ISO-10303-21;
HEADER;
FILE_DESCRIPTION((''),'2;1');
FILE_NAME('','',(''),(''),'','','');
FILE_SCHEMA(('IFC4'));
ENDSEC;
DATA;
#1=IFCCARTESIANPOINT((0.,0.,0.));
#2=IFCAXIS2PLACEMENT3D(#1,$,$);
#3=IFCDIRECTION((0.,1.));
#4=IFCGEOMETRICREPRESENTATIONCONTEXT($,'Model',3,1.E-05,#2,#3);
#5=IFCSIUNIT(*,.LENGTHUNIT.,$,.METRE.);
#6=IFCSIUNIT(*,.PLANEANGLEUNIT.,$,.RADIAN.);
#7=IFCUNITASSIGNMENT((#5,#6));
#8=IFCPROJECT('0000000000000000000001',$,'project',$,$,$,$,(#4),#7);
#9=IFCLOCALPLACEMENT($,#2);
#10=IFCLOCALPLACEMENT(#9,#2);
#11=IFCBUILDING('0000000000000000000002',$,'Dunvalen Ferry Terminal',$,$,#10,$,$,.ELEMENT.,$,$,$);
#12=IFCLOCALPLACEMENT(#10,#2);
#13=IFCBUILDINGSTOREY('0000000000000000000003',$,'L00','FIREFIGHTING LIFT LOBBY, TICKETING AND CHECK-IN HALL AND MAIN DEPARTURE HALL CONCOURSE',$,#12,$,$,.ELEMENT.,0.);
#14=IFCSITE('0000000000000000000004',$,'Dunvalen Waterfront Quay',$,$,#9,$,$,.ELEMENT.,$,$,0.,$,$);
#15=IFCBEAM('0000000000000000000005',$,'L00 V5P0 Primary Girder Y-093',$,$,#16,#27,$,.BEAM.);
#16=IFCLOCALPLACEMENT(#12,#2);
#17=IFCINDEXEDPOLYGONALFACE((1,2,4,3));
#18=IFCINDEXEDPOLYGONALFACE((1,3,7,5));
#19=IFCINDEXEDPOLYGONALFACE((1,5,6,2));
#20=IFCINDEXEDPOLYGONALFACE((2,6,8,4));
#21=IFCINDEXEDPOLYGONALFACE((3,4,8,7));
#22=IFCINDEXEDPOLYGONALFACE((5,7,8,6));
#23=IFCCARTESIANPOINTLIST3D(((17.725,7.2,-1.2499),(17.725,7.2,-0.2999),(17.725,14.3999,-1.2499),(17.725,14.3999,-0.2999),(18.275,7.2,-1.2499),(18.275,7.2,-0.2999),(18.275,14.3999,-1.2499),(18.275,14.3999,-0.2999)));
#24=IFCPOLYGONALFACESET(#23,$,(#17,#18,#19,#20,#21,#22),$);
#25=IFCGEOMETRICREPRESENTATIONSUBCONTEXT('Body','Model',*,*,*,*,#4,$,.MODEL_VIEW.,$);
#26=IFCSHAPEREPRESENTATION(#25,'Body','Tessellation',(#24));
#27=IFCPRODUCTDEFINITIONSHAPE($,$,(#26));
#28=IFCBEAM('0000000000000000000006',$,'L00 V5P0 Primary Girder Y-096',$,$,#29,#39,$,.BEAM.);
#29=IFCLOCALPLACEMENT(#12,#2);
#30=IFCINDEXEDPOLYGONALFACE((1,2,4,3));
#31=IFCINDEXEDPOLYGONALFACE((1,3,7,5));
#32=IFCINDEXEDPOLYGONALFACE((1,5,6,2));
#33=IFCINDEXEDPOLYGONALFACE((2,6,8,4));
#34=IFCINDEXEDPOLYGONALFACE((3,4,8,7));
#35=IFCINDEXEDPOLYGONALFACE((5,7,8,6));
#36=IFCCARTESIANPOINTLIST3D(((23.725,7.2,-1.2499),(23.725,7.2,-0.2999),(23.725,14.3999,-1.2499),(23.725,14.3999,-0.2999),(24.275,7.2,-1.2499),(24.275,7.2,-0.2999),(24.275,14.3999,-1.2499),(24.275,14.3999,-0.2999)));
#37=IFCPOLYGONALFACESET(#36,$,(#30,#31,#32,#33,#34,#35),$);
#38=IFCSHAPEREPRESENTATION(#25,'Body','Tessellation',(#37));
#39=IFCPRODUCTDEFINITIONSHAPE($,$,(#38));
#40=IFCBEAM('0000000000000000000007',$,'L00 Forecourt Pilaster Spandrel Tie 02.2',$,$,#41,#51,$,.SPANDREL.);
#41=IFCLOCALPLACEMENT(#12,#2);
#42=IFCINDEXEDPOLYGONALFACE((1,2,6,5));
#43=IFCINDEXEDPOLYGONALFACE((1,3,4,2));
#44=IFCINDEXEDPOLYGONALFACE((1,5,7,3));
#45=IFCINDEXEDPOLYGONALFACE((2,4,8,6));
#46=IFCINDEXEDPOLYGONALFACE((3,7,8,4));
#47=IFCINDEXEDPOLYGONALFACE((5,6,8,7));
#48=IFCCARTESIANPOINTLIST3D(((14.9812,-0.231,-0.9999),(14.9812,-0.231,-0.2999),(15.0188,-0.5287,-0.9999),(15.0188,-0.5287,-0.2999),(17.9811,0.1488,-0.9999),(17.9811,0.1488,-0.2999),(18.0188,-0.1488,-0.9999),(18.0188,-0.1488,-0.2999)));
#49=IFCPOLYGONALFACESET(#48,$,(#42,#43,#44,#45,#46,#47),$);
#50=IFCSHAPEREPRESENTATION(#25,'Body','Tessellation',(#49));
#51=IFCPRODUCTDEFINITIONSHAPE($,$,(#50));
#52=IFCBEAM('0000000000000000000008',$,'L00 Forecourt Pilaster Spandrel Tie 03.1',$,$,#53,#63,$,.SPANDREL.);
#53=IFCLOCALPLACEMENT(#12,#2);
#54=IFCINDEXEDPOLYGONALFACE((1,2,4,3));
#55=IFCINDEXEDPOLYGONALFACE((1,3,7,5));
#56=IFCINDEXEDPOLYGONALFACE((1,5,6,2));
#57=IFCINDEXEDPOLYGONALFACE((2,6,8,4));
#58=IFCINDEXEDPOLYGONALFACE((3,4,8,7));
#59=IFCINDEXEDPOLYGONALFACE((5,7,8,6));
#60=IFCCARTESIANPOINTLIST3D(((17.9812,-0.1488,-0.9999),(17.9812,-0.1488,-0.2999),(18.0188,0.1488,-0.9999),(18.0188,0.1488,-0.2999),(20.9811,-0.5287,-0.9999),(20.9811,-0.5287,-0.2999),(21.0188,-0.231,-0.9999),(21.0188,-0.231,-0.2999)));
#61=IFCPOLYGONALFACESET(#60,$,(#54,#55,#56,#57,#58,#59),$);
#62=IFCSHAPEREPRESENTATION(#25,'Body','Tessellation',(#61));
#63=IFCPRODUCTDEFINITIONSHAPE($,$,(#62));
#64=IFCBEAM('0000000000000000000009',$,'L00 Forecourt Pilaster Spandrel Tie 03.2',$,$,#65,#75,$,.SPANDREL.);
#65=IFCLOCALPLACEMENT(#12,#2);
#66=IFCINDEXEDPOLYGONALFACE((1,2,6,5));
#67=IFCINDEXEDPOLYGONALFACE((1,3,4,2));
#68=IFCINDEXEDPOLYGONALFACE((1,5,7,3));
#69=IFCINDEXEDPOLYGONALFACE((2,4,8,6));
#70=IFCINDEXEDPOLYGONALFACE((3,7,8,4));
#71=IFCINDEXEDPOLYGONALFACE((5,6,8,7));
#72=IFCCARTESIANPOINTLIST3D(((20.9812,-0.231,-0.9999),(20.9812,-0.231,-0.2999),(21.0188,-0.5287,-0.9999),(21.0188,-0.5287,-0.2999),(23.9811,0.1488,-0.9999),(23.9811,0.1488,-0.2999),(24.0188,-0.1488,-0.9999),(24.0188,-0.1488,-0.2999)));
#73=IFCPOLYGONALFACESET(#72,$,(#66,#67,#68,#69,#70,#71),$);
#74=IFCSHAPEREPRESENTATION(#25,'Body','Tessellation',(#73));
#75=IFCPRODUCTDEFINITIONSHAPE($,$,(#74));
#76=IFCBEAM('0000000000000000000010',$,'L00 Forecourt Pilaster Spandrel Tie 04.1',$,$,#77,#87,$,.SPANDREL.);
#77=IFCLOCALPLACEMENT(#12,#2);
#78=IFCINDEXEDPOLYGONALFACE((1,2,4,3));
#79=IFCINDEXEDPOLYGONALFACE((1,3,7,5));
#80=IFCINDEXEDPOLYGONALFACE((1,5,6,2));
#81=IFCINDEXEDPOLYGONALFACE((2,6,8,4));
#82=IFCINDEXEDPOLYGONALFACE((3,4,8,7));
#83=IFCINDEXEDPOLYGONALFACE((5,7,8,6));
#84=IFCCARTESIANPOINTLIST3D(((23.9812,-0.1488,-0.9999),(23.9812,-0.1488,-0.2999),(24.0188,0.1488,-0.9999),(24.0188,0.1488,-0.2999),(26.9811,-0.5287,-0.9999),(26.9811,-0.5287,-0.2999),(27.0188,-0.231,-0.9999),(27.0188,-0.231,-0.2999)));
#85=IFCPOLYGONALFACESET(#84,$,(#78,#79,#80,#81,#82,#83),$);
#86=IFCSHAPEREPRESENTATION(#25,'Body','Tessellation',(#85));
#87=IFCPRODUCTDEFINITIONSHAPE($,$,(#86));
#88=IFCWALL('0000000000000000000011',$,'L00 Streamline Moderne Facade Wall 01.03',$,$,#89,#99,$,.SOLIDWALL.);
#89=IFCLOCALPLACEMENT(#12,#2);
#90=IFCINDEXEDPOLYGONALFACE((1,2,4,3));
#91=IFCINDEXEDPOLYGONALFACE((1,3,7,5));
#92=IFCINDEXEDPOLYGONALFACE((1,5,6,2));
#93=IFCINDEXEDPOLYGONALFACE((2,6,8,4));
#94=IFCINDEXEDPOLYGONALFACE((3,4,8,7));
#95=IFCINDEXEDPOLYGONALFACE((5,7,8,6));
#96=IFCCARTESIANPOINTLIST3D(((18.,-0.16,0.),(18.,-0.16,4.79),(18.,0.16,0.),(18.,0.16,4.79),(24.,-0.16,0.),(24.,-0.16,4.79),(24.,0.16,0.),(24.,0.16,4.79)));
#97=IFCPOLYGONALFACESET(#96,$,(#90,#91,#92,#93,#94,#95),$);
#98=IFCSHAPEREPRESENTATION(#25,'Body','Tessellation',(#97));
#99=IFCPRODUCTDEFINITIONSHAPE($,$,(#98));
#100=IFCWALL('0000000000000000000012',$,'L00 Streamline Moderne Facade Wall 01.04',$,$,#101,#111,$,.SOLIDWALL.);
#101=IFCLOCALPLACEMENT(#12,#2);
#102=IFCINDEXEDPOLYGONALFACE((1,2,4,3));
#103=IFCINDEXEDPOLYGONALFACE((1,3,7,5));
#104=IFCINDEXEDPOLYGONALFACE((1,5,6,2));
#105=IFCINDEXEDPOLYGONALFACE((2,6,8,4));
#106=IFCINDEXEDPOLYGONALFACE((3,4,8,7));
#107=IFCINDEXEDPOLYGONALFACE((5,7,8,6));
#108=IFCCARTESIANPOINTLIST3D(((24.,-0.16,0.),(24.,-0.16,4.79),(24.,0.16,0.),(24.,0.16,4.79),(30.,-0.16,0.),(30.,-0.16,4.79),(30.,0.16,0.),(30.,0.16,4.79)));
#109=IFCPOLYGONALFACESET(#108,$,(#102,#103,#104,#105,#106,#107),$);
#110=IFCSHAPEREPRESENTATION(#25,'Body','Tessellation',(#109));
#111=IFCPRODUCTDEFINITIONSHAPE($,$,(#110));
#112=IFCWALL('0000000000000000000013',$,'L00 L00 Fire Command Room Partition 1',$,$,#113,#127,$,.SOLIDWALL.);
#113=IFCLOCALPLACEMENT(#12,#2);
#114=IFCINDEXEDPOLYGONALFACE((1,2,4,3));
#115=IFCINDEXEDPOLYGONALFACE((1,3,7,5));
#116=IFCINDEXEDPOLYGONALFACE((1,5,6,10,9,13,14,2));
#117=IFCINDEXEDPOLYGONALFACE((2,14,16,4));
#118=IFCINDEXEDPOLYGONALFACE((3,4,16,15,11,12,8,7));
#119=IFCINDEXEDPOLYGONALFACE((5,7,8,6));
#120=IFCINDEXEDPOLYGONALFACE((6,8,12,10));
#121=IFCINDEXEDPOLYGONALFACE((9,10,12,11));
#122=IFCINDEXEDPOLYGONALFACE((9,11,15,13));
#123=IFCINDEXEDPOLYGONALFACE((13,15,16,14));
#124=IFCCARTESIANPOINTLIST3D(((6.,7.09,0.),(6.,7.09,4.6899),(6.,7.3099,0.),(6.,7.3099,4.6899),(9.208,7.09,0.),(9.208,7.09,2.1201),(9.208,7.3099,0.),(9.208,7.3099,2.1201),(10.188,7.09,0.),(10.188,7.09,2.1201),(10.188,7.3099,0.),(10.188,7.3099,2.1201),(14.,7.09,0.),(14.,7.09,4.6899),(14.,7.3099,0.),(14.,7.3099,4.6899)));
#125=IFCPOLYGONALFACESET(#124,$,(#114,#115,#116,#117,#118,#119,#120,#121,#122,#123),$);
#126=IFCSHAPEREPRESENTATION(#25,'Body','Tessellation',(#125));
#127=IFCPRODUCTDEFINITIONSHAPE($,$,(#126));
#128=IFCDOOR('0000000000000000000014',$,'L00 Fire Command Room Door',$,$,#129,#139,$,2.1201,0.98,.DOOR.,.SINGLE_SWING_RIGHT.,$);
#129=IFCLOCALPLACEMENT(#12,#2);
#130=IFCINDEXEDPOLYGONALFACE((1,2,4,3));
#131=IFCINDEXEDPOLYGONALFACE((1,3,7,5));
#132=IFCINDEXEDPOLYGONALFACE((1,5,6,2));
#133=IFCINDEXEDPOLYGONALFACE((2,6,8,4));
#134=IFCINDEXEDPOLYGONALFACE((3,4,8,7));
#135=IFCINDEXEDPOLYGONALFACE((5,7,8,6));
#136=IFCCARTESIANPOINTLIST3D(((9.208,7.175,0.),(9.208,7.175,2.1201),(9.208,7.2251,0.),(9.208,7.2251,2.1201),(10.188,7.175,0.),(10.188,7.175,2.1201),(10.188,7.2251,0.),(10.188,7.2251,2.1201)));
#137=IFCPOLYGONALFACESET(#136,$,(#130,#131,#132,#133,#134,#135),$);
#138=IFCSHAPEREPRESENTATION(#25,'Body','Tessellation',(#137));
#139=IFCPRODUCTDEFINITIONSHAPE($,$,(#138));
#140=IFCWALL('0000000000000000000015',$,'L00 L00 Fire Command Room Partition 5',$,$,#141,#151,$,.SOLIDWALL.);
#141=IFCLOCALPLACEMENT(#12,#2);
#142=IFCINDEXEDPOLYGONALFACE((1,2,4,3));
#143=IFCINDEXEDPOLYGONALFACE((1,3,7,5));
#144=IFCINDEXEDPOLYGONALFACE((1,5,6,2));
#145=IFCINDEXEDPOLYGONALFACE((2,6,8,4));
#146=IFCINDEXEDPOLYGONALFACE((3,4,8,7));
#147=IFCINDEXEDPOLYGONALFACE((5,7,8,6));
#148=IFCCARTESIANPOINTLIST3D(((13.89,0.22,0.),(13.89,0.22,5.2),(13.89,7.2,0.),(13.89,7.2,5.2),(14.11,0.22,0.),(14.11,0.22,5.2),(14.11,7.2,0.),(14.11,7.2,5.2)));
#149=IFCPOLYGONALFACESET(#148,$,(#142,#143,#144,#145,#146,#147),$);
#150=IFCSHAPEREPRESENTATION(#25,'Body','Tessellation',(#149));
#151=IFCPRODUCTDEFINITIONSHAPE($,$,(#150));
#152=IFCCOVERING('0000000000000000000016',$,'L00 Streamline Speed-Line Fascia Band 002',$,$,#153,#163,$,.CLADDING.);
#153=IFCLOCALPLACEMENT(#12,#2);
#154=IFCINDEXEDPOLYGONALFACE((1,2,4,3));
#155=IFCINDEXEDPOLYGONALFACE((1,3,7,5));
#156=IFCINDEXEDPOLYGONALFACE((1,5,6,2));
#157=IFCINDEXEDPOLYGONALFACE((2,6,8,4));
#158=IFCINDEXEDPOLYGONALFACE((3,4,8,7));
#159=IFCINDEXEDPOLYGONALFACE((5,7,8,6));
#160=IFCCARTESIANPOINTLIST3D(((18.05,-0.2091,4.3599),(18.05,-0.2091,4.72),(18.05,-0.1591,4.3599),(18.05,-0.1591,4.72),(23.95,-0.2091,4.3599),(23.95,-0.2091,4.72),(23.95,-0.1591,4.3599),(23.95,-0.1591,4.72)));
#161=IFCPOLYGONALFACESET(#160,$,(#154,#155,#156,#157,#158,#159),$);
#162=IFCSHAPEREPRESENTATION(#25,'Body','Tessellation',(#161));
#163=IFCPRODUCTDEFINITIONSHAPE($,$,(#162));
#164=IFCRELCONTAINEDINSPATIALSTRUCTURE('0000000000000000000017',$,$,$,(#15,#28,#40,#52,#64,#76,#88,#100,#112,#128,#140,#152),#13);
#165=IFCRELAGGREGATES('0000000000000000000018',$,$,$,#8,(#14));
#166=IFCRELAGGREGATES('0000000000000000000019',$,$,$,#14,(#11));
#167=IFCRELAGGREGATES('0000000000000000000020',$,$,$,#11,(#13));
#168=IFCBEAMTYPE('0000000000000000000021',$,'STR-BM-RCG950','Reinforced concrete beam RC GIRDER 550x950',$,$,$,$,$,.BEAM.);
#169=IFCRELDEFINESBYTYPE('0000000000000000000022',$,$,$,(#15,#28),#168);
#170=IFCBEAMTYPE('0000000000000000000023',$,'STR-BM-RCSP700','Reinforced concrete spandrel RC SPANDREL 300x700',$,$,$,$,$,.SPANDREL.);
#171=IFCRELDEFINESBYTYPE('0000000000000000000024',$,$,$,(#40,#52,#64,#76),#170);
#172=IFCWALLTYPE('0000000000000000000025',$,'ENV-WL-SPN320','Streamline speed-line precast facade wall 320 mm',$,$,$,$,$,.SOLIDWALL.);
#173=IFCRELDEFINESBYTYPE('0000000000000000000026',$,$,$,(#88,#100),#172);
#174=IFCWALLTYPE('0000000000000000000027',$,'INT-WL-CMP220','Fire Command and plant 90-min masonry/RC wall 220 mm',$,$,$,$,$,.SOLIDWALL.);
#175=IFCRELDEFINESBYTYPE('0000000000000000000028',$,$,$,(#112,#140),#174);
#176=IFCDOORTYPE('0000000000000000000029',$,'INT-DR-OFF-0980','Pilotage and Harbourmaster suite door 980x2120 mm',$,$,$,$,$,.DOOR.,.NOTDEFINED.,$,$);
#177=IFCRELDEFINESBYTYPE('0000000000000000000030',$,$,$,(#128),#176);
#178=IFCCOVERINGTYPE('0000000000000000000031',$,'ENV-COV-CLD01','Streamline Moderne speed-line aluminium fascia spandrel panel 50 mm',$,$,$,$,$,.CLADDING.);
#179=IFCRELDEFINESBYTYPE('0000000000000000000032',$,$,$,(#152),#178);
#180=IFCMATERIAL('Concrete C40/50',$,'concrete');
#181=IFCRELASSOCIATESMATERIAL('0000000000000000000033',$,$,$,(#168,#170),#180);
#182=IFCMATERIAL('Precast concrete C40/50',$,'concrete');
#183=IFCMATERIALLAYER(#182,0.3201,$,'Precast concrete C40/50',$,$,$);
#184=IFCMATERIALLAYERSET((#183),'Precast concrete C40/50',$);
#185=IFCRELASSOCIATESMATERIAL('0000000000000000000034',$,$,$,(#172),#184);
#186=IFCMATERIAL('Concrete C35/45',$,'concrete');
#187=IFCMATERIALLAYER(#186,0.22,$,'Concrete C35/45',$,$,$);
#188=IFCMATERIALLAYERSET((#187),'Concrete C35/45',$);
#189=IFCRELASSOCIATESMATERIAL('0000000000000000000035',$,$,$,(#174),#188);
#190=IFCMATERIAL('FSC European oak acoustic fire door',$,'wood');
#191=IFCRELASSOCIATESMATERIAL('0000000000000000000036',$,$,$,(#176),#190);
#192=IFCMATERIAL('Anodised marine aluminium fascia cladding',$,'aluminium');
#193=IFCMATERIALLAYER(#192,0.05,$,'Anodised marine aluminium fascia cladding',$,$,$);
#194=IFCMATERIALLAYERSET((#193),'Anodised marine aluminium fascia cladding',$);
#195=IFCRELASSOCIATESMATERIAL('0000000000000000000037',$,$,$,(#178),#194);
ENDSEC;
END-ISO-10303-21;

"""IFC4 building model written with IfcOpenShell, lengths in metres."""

from ifc_helpers import new_model, si_unit, direction, frame, frame_2d, origin, origin_2d, place, context, subcontext, project, spatial, rectangle, extrude, material, layer, layer_set, material_profile, profile_set, type_object, element, fill, save


model = new_model("IFC4")

# Units and contexts
model_context = context("Model", 3, precision=1e-05, world=origin(), true_north=direction((0.0, 1.0)))
body_context = subcontext(model_context, "Body", "Model", "MODEL_VIEW")
ifc_project = project(units=[si_unit("LENGTHUNIT", "METRE"), si_unit("PLANEANGLEUNIT", "RADIAN")], contexts=[model_context])

# Site, building, storey
site_placement = place(None, origin())
site = spatial("IfcSite", under=ifc_project, at=site_placement, Name="Dunvalen Waterfront Quay", CompositionType="ELEMENT", RefElevation=0.0)
building_placement = place(site_placement, origin())
building = spatial("IfcBuilding", under=site, at=building_placement, Name="Dunvalen Ferry Terminal", CompositionType="ELEMENT")
storey_placement = place(building_placement, origin())
storey = spatial("IfcBuildingStorey", under=building, at=storey_placement, Name="L00", Description="FIREFIGHTING LIFT LOBBY, TICKETING AND CHECK-IN HALL AND MAIN DEPARTURE HALL CONCOURSE", CompositionType="ELEMENT", Elevation=0.0)

# Shared definitions
ifc_material_1 = material(Name="Concrete C40/50", Category="concrete")

# Beams
ifc_material_2 = material(Name="Concrete C35/45", Category="concrete")
ifc_material_profile_1 = material_profile(ifc_material_1, rectangle(XDim=0.55, YDim=0.95, at=origin_2d()), Name="Concrete C40/50")
ifc_profile_set_1 = profile_set([ifc_material_profile_1], Name="Concrete C40/50")
beam_type_1 = type_object("IfcBeamType", Name="STR-BM-RCG950", Description="Reinforced concrete beam RC GIRDER 550x950", PredefinedType="BEAM", material=ifc_profile_set_1)
for number, where, z_axis, x_axis, name in (
    (1, (18.0, 7.2, -0.7749), (0.0, 1.0, 0.0), (-1.0, 0.0, 0.0), "L00 V5P0 Primary Girder Y-093"),
    (2, (24.0, 7.2, -0.7749), (0.0, 1.0, 0.0), (-1.0, 0.0, 0.0), "L00 V5P0 Primary Girder Y-096"),
):
    element("IfcBeam", number, at=place(storey_placement, frame(where, z_axis=z_axis, x_axis=x_axis)), inside=storey, type_object=beam_type_1, Name=name, PredefinedType="BEAM", context=body_context, shape_type="SweptSolid", body=[
        extrude(rectangle(XDim=0.55, YDim=0.95, at=origin_2d()), origin(), (0.0, 0.0, 1.0), 7.2),
    ])
ifc_material_profile_2 = material_profile(ifc_material_1, rectangle(XDim=0.3, YDim=0.7, at=origin_2d()), Name="Concrete C40/50")
ifc_profile_set_2 = profile_set([ifc_material_profile_2], Name="Concrete C40/50")
beam_type_2 = type_object("IfcBeamType", Name="STR-BM-RCSP700", Description="Reinforced concrete spandrel RC SPANDREL 300x700", PredefinedType="SPANDREL", material=ifc_profile_set_2)
for number, where, z_axis, x_axis, name in (
    (3, (15.0, -0.3799, -0.6499), (0.992078, 0.125624, 0.0), (-0.125624, 0.992078, 0.0), "L00 Forecourt Pilaster Spandrel Tie 02.2"),
    (4, (18.0, 0.0, -0.6499), (0.992078, -0.125624, 0.0), (0.125624, 0.992078, 0.0), "L00 Forecourt Pilaster Spandrel Tie 03.1"),
    (5, (21.0, -0.3799, -0.6499), (0.992078, 0.125624, 0.0), (-0.125624, 0.992078, 0.0), "L00 Forecourt Pilaster Spandrel Tie 03.2"),
    (6, (24.0, 0.0, -0.6499), (0.992078, -0.125624, 0.0), (0.125624, 0.992078, 0.0), "L00 Forecourt Pilaster Spandrel Tie 04.1"),
):
    element("IfcBeam", number, at=place(storey_placement, frame(where, z_axis=z_axis, x_axis=x_axis)), inside=storey, type_object=beam_type_2, Name=name, PredefinedType="SPANDREL", context=body_context, shape_type="SweptSolid", body=[
        extrude(rectangle(XDim=0.3, YDim=0.7, at=origin_2d()), origin(), (0.0, 0.0, 1.0), 3.0239),
    ])

# Walls
ifc_material_3 = material(Name="Precast concrete C40/50", Category="concrete")
ifc_layer_1 = layer(ifc_material_3, 0.3201, Name="Precast concrete C40/50")
ifc_layer_set_1 = layer_set([ifc_layer_1], Name="Precast concrete C40/50")
wall_type_1 = type_object("IfcWallType", Name="ENV-WL-SPN320", Description="Streamline speed-line precast facade wall 320 mm", PredefinedType="SOLIDWALL", material=ifc_layer_set_1)
for number, where, z_axis, x_axis, name in (
    (7, (18.0, 0.0, 0.0), (0.0, 0.0, 1.0), (1.0, 0.0, 0.0), "L00 Streamline Moderne Facade Wall 01.03"),
    (8, (24.0, 0.0, 0.0), (0.0, 0.0, 1.0), (1.0, 0.0, 0.0), "L00 Streamline Moderne Facade Wall 01.04"),
):
    element("IfcWall", number, at=place(storey_placement, frame(where, z_axis=z_axis, x_axis=x_axis)), inside=storey, type_object=wall_type_1, Name=name, PredefinedType="SOLIDWALL", context=body_context, shape_type="SweptSolid", body=[
        extrude(rectangle(XDim=6.0, YDim=0.3201, at=frame_2d((3.0, 0.0))), origin(), (0.0, 0.0, 1.0), 4.79),
    ])

# Wall, opening, door
ifc_layer_2 = layer(ifc_material_2, 0.22, Name="Concrete C35/45")
ifc_layer_set_2 = layer_set([ifc_layer_2], Name="Concrete C35/45")
wall_type_2 = type_object("IfcWallType", Name="INT-WL-CMP220", Description="Fire Command and plant 90-min masonry/RC wall 220 mm", PredefinedType="SOLIDWALL", material=ifc_layer_set_2)
wall_1_placement = place(storey_placement, frame((14.0, 7.2, 0.0), z_axis=(0.0, 0.0, 1.0), x_axis=(-1.0, 0.0, 0.0)))
wall_1 = element("IfcWall", 9, at=wall_1_placement, inside=storey, type_object=wall_type_2, Name="L00 L00 Fire Command Room Partition 1", PredefinedType="SOLIDWALL", context=body_context, shape_type="SweptSolid", body=[
    extrude(rectangle(XDim=8.0, YDim=0.22, at=frame_2d((4.0, 0.0))), origin(), (0.0, 0.0, 1.0), 4.6899),
])
opening_placement = place(wall_1_placement, frame((3.812, 0.0, 0.0)))
opening = element("IfcOpeningElement", 10, at=opening_placement, cuts=wall_1, PredefinedType="OPENING", context=body_context, shape_type="SweptSolid", body=[
    extrude(rectangle(XDim=0.98, YDim=2.1201, at=frame_2d((0.49, 1.0601))), frame((0.0, 0.1201, 0.0), z_axis=(0.0, -1.0, 0.0), x_axis=(1.0, 0.0, 0.0)), (0.0, 0.0, 1.0), 0.24),
])
ifc_material_4 = material(Name="FSC European oak acoustic fire door", Category="wood")
door_type = type_object("IfcDoorType", Name="INT-DR-OFF-0980", Description="Pilotage and Harbourmaster suite door 980x2120 mm", OperationType="NOTDEFINED", PredefinedType="DOOR", material=ifc_material_4)
door_placement = place(opening_placement, origin())
door = element("IfcDoor", 11, at=door_placement, inside=storey, type_object=door_type, Name="L00 Fire Command Room Door", OperationType="SINGLE_SWING_RIGHT", OverallHeight=2.1201, OverallWidth=0.98, PredefinedType="DOOR", context=body_context, shape_type="SweptSolid", body=[
    extrude(rectangle(XDim=0.98, YDim=2.1201, at=frame_2d((0.49, 1.0601))), frame((0.0, 0.0249, 0.0), z_axis=(0.0, -1.0, 0.0), x_axis=(1.0, 0.0, 0.0)), (0.0, 0.0, 1.0), 0.05),
])
fill(opening, door)

# Wall
wall_2_placement = place(storey_placement, frame((14.0, 0.22, 0.0), z_axis=(0.0, 0.0, 1.0), x_axis=(0.0, 1.0, 0.0)))
element("IfcWall", 12, at=wall_2_placement, inside=storey, type_object=wall_type_2, Name="L00 L00 Fire Command Room Partition 5", PredefinedType="SOLIDWALL", context=body_context, shape_type="SweptSolid", body=[
    extrude(rectangle(XDim=6.98, YDim=0.22, at=frame_2d((3.49, 0.0))), origin(), (0.0, 0.0, 1.0), 5.2),
])

# Covering
ifc_material_5 = material(Name="Anodised marine aluminium fascia cladding", Category="aluminium")
ifc_layer_3 = layer(ifc_material_5, 0.05, Name="Anodised marine aluminium fascia cladding")
ifc_layer_set_3 = layer_set([ifc_layer_3], Name="Anodised marine aluminium fascia cladding")
covering_type = type_object("IfcCoveringType", Name="ENV-COV-CLD01", Description="Streamline Moderne speed-line aluminium fascia spandrel panel 50 mm", PredefinedType="CLADDING", material=ifc_layer_set_3)
covering_placement = place(storey_placement, frame((21.0, -0.1841, 4.3599), z_axis=(0.0, 0.0, 1.0), x_axis=(1.0, 0.0, 0.0)))
element("IfcCovering", 13, at=covering_placement, inside=storey, type_object=covering_type, Name="L00 Streamline Speed-Line Fascia Band 002", PredefinedType="CLADDING", context=body_context, shape_type="SweptSolid", body=[
    extrude(rectangle(XDim=5.8999, YDim=0.05, at=origin_2d()), origin(), (0.0, 0.0, 1.0), 0.3601),
])

save(model, "model.ifc")
